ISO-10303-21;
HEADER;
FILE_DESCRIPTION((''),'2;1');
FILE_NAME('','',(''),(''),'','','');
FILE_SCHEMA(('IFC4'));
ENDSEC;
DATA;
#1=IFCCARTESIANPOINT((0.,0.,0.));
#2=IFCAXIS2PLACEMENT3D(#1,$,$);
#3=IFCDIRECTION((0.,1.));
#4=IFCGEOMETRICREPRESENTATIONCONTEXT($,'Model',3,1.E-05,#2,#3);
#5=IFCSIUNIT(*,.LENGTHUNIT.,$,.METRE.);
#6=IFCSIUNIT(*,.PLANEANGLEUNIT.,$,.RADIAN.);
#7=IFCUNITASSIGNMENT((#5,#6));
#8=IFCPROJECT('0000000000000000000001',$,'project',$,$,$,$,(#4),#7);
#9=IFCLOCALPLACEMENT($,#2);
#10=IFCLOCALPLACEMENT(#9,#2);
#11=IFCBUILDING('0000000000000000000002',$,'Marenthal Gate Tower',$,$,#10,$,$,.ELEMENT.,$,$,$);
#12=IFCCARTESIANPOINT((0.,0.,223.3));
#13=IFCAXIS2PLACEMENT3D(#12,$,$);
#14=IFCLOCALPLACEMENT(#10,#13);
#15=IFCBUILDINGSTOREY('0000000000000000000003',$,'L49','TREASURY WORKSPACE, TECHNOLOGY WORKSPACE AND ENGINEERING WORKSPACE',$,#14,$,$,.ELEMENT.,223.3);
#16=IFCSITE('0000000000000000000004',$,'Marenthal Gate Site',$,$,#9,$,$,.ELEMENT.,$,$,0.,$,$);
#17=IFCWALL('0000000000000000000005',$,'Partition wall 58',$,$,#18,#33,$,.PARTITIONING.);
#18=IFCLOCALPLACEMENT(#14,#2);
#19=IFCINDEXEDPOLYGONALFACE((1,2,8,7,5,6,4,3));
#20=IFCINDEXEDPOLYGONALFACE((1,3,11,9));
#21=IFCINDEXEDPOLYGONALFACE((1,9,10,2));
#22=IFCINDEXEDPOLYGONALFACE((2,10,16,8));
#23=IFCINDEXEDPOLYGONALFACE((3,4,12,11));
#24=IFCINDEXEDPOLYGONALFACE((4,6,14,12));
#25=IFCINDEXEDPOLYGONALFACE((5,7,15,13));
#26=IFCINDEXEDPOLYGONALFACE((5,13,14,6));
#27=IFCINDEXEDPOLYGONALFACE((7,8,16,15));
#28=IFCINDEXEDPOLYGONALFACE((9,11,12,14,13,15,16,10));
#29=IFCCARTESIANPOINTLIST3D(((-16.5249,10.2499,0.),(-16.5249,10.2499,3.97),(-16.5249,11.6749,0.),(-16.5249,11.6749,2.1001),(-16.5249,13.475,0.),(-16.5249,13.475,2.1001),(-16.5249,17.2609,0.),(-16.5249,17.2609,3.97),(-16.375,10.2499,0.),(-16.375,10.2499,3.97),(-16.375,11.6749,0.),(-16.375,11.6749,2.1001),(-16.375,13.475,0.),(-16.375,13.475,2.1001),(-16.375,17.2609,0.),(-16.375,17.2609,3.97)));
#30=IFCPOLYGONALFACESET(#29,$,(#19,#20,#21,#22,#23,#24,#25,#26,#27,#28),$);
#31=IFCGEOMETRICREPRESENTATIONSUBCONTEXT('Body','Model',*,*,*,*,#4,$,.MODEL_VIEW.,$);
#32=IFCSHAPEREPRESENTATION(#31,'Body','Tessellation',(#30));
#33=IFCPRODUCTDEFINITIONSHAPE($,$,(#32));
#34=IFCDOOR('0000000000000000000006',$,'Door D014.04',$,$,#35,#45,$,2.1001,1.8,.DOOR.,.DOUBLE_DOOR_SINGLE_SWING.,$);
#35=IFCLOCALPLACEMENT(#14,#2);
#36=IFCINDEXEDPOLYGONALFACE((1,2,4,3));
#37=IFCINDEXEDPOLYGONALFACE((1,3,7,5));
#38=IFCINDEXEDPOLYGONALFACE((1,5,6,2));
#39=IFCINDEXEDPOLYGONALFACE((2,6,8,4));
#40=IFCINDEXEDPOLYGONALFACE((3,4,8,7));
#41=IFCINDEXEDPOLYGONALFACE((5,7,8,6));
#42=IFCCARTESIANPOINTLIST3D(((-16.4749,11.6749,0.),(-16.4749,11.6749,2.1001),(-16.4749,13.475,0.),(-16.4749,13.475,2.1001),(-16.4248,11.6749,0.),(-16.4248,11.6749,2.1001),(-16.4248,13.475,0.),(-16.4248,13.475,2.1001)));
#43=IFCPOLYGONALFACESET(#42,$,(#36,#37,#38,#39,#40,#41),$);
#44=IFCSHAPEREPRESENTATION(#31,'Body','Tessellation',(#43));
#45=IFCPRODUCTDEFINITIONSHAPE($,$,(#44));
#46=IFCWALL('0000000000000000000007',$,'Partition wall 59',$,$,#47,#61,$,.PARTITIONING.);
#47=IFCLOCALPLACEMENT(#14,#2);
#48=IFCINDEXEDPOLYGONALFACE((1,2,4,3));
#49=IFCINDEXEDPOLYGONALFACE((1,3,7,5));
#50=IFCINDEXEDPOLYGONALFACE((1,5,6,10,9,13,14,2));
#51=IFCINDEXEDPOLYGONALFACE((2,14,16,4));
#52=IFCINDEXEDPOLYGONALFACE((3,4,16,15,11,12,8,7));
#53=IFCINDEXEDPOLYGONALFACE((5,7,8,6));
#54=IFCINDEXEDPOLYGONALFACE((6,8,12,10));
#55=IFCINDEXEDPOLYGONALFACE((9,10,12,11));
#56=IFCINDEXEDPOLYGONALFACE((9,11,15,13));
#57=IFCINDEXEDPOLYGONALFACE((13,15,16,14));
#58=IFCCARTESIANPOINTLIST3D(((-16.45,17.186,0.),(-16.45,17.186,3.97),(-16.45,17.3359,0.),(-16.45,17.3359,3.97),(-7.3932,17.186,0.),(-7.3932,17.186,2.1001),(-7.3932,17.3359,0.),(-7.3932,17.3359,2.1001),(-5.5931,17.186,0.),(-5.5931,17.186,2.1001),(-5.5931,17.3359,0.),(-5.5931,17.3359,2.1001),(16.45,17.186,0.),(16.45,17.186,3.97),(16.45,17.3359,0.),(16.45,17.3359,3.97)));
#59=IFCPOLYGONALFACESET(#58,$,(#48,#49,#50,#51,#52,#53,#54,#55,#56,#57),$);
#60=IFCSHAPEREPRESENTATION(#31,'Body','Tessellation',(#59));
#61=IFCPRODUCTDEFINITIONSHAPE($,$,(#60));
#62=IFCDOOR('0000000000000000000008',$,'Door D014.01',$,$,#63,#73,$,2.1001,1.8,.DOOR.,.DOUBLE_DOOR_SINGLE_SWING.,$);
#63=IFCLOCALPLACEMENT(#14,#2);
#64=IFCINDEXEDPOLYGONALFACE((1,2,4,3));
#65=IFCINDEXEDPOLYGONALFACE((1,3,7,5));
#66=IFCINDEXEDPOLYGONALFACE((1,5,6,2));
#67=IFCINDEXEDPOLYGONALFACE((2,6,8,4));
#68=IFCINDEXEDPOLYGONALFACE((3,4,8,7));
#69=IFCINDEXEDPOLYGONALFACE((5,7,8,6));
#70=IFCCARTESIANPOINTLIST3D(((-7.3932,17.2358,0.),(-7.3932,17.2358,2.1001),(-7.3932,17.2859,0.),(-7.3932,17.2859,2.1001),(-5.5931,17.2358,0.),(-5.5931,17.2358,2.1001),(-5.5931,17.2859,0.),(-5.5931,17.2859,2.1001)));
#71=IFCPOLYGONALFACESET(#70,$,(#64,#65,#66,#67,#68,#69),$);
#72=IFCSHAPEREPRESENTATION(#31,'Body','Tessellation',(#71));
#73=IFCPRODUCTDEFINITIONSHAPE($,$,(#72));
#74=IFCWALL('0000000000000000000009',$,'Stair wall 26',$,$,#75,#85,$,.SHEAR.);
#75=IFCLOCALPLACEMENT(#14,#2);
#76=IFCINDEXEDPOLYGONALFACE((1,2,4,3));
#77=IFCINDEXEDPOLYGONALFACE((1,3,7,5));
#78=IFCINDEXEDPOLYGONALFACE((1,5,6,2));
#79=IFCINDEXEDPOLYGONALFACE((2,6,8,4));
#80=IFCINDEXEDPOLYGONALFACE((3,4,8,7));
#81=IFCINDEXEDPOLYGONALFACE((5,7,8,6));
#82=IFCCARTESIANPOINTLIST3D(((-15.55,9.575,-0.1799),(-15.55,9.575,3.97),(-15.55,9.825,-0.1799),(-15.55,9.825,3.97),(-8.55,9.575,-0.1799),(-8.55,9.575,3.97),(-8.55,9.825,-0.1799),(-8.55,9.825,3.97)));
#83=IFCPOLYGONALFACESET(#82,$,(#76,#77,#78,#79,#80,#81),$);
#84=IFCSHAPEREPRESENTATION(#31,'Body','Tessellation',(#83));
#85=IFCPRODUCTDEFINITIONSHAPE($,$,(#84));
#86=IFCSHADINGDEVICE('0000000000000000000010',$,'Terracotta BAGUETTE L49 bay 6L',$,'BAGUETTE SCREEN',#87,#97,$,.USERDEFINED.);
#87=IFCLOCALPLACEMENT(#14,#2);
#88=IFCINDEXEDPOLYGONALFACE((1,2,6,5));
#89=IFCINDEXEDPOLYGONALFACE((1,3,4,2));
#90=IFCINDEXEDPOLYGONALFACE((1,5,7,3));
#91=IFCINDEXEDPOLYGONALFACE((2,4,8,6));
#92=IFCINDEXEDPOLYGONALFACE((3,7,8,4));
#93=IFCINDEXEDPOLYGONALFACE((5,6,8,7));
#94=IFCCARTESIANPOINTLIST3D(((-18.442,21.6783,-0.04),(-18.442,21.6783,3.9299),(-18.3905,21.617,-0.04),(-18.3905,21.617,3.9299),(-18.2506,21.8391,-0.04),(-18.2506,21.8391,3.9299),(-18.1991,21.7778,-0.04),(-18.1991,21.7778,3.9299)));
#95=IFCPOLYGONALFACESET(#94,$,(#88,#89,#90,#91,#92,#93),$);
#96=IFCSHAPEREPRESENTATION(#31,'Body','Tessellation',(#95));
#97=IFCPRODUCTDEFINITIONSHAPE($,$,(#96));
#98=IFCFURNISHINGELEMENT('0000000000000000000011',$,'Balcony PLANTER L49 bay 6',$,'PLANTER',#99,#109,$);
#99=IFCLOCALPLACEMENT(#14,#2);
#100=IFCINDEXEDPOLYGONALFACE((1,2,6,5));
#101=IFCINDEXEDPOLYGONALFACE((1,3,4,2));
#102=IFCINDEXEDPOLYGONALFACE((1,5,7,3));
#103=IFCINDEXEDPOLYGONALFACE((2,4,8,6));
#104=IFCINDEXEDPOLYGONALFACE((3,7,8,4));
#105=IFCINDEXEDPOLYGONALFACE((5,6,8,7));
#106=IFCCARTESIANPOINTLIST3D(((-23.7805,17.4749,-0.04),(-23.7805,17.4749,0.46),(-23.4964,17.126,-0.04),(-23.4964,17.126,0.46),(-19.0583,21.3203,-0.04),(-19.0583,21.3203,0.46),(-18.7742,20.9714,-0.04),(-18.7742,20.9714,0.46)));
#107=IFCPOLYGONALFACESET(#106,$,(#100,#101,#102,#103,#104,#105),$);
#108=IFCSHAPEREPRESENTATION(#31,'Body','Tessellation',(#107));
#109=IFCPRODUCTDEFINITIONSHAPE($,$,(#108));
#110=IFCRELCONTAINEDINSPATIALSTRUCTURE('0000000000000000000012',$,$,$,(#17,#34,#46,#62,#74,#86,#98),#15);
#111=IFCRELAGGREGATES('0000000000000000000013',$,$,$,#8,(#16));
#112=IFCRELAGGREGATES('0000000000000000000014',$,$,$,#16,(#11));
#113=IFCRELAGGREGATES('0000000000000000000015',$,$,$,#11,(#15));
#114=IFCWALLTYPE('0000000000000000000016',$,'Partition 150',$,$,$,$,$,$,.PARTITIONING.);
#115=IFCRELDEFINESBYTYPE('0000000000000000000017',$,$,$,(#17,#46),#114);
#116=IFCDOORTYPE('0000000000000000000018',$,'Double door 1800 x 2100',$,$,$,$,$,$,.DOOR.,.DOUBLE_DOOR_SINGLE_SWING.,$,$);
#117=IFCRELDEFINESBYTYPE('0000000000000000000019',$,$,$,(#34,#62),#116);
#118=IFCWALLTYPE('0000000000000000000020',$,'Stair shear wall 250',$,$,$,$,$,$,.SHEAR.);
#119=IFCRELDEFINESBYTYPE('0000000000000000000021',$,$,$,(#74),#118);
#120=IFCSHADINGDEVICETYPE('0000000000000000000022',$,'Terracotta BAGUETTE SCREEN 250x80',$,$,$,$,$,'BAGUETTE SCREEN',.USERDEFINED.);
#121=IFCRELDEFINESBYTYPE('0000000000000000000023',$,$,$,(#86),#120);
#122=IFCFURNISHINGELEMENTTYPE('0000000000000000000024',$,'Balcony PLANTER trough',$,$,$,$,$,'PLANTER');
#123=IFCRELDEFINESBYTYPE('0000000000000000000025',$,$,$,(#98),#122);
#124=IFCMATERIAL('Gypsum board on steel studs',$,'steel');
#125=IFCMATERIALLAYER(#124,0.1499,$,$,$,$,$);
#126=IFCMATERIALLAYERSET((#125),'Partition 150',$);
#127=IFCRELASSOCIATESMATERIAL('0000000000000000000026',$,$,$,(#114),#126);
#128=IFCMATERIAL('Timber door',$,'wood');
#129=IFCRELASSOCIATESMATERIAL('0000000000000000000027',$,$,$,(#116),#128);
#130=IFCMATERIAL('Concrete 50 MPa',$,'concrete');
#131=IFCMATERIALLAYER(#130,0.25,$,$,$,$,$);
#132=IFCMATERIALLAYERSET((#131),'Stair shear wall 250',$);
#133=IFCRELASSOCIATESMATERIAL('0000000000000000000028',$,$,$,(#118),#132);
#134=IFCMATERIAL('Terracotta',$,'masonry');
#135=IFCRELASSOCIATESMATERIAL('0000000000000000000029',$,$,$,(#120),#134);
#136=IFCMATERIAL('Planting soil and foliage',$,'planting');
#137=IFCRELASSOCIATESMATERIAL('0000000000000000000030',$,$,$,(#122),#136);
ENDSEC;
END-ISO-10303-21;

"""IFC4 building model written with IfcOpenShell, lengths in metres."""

from ifc_helpers import new_model, si_unit, direction, frame, frame_2d, origin, origin_2d, place, context, subcontext, project, spatial, rectangle, extrude, material, layer, layer_set, material_profile, profile_set, type_object, element, fill, save


model = new_model("IFC4")

# Units and contexts
model_context = context("Model", 3, precision=1e-05, world=origin(), true_north=direction((0.0, 1.0)))
body_context = subcontext(model_context, "Body", "Model", "MODEL_VIEW")
ifc_project = project(units=[si_unit("LENGTHUNIT", "METRE"), si_unit("PLANEANGLEUNIT", "RADIAN")], contexts=[model_context])

# Site, building, storey
site_placement = place(None, origin())
site = spatial("IfcSite", under=ifc_project, at=site_placement, Name="Marenthal Gate Site", CompositionType="ELEMENT", RefElevation=0.0)
building_placement = place(site_placement, origin())
building = spatial("IfcBuilding", under=site, at=building_placement, Name="Marenthal Gate Tower", CompositionType="ELEMENT")
storey_placement = place(building_placement, frame((0.0, 0.0, 223.3)))
storey = spatial("IfcBuildingStorey", under=building, at=storey_placement, Name="L49", Description="TREASURY WORKSPACE, TECHNOLOGY WORKSPACE AND ENGINEERING WORKSPACE", CompositionType="ELEMENT", Elevation=223.3)

# Shared definitions
ifc_material_1 = material(Name="Gypsum board on steel studs", Category="steel")
ifc_layer_1 = layer(ifc_material_1, 0.1499)
ifc_layer_set_1 = layer_set([ifc_layer_1], Name="Partition 150")
wall_type_1 = type_object("IfcWallType", Name="Partition 150", PredefinedType="PARTITIONING", material=ifc_layer_set_1)

# Walls, openings, doors
wall_1_placement = place(storey_placement, frame((-16.45, 10.25, 0.0), z_axis=(0.0, 0.0, 1.0), x_axis=(0.0, 1.0, 0.0)))
wall_1 = element("IfcWall", 1, at=wall_1_placement, inside=storey, type_object=wall_type_1, Name="Partition wall 58", PredefinedType="PARTITIONING", context=body_context, shape_type="SweptSolid", body=[
    extrude(rectangle(XDim=7.011, YDim=0.1499, at=frame_2d((3.5054, 0.0))), origin(), (0.0, 0.0, 1.0), 3.97),
])
opening_1_placement = place(wall_1_placement, frame((1.425, 0.0, 0.0)))
opening_1 = element("IfcOpeningElement", 2, at=opening_1_placement, cuts=wall_1, PredefinedType="OPENING", context=body_context, shape_type="SweptSolid", body=[
    extrude(rectangle(XDim=1.8, YDim=2.1001, at=frame_2d((0.8999, 1.05))), frame((0.0, 0.085, 0.0), z_axis=(0.0, -1.0, 0.0), x_axis=(1.0, 0.0, 0.0)), (0.0, 0.0, 1.0), 0.1699),
])
ifc_material_2 = material(Name="Timber door", Category="wood")
door_type_1 = type_object("IfcDoorType", Name="Double door 1800 x 2100", OperationType="DOUBLE_DOOR_SINGLE_SWING", PredefinedType="DOOR", material=ifc_material_2)
door_1_placement = place(opening_1_placement, origin())
door_1 = element("IfcDoor", 3, at=door_1_placement, inside=storey, type_object=door_type_1, Name="Door D014.04", OperationType="DOUBLE_DOOR_SINGLE_SWING", OverallHeight=2.1001, OverallWidth=1.8, PredefinedType="DOOR", context=body_context, shape_type="SweptSolid", body=[
    extrude(rectangle(XDim=1.8, YDim=2.1001, at=frame_2d((0.8999, 1.05))), frame((0.0, 0.0249, 0.0), z_axis=(0.0, -1.0, 0.0), x_axis=(1.0, 0.0, 0.0)), (0.0, 0.0, 1.0), 0.05),
])
fill(opening_1, door_1)
wall_2_placement = place(storey_placement, frame((-16.45, 17.261, 0.0), z_axis=(0.0, 0.0, 1.0), x_axis=(1.0, 0.0, 0.0)))
wall_2 = element("IfcWall", 4, at=wall_2_placement, inside=storey, type_object=wall_type_1, Name="Partition wall 59", PredefinedType="PARTITIONING", context=body_context, shape_type="SweptSolid", body=[
    extrude(rectangle(XDim=32.8999, YDim=0.1499, at=frame_2d((16.45, 0.0))), origin(), (0.0, 0.0, 1.0), 3.97),
])
opening_2_placement = place(wall_2_placement, frame((9.0569, 0.0, 0.0)))
opening_2 = element("IfcOpeningElement", 5, at=opening_2_placement, cuts=wall_2, PredefinedType="OPENING", context=body_context, shape_type="SweptSolid", body=[
    extrude(rectangle(XDim=1.8, YDim=2.1001, at=frame_2d((0.8999, 1.05))), frame((0.0, 0.085, 0.0), z_axis=(0.0, -1.0, 0.0), x_axis=(1.0, 0.0, 0.0)), (0.0, 0.0, 1.0), 0.1699),
])
door_2_placement = place(opening_2_placement, origin())
door_2 = element("IfcDoor", 6, at=door_2_placement, inside=storey, type_object=door_type_1, Name="Door D014.01", OperationType="DOUBLE_DOOR_SINGLE_SWING", OverallHeight=2.1001, OverallWidth=1.8, PredefinedType="DOOR", context=body_context, shape_type="SweptSolid", body=[
    extrude(rectangle(XDim=1.8, YDim=2.1001, at=frame_2d((0.8999, 1.05))), frame((0.0, 0.0249, 0.0), z_axis=(0.0, -1.0, 0.0), x_axis=(1.0, 0.0, 0.0)), (0.0, 0.0, 1.0), 0.05),
])
fill(opening_2, door_2)

# Wall
ifc_material_3 = material(Name="Concrete 50 MPa", Category="concrete")
ifc_layer_2 = layer(ifc_material_3, 0.25)
ifc_layer_set_2 = layer_set([ifc_layer_2], Name="Stair shear wall 250")
wall_type_2 = type_object("IfcWallType", Name="Stair shear wall 250", PredefinedType="SHEAR", material=ifc_layer_set_2)
wall_3_placement = place(storey_placement, frame((-15.55, 9.7, -0.1799), z_axis=(0.0, 0.0, 1.0), x_axis=(1.0, 0.0, 0.0)))
element("IfcWall", 7, at=wall_3_placement, inside=storey, type_object=wall_type_2, Name="Stair wall 26", PredefinedType="SHEAR", context=body_context, shape_type="SweptSolid", body=[
    extrude(rectangle(XDim=7.0, YDim=0.25, at=frame_2d((3.5, 0.0))), origin(), (0.0, 0.0, 1.0), 4.1499),
])

# Shading device
ifc_material_4 = material(Name="Terracotta", Category="masonry")
ifc_material_profile_1 = material_profile(ifc_material_4, rectangle(XDim=0.25, YDim=0.0801, at=origin_2d()), Name="Terracotta baguette 250x80")
ifc_profile_set_1 = profile_set([ifc_material_profile_1], Name="Terracotta")
shading_device_type = type_object("IfcShadingDeviceType", Name="Terracotta BAGUETTE SCREEN 250x80", ElementType="BAGUETTE SCREEN", PredefinedType="USERDEFINED", material=ifc_profile_set_1)
shading_device_placement = place(storey_placement, frame((-18.3206, 21.728, -0.04), z_axis=(0.0, 0.0, 1.0), x_axis=(-0.765551, -0.643375, 0.0)))
element("IfcShadingDevice", 8, at=shading_device_placement, inside=storey, type_object=shading_device_type, Name="Terracotta BAGUETTE L49 bay 6L", ObjectType="BAGUETTE SCREEN", PredefinedType="USERDEFINED", context=body_context, shape_type="SweptSolid", body=[
    extrude(rectangle(XDim=0.25, YDim=0.0801, at=origin_2d()), origin(), (0.0, 0.0, 1.0), 3.97),
])

# Furnishing element
ifc_material_5 = material(Name="Planting soil and foliage", Category="planting")
furnishing_element_type = type_object("IfcFurnishingElementType", Name="Balcony PLANTER trough", ElementType="PLANTER", material=ifc_material_5)
furnishing_placement = place(storey_placement, frame((-21.2773, 19.2231, -0.04), z_axis=(0.0, 0.0, 1.0), x_axis=(-0.775432, -0.631432, 0.0)))
element("IfcFurnishingElement", 9, at=furnishing_placement, inside=storey, type_object=furnishing_element_type, Name="Balcony PLANTER L49 bay 6", ObjectType="PLANTER", context=body_context, shape_type="SweptSolid", body=[
    extrude(rectangle(XDim=6.0898, YDim=0.45, at=origin_2d()), origin(), (0.0, 0.0, 1.0), 0.5),
])

save(model, "model.ifc")
